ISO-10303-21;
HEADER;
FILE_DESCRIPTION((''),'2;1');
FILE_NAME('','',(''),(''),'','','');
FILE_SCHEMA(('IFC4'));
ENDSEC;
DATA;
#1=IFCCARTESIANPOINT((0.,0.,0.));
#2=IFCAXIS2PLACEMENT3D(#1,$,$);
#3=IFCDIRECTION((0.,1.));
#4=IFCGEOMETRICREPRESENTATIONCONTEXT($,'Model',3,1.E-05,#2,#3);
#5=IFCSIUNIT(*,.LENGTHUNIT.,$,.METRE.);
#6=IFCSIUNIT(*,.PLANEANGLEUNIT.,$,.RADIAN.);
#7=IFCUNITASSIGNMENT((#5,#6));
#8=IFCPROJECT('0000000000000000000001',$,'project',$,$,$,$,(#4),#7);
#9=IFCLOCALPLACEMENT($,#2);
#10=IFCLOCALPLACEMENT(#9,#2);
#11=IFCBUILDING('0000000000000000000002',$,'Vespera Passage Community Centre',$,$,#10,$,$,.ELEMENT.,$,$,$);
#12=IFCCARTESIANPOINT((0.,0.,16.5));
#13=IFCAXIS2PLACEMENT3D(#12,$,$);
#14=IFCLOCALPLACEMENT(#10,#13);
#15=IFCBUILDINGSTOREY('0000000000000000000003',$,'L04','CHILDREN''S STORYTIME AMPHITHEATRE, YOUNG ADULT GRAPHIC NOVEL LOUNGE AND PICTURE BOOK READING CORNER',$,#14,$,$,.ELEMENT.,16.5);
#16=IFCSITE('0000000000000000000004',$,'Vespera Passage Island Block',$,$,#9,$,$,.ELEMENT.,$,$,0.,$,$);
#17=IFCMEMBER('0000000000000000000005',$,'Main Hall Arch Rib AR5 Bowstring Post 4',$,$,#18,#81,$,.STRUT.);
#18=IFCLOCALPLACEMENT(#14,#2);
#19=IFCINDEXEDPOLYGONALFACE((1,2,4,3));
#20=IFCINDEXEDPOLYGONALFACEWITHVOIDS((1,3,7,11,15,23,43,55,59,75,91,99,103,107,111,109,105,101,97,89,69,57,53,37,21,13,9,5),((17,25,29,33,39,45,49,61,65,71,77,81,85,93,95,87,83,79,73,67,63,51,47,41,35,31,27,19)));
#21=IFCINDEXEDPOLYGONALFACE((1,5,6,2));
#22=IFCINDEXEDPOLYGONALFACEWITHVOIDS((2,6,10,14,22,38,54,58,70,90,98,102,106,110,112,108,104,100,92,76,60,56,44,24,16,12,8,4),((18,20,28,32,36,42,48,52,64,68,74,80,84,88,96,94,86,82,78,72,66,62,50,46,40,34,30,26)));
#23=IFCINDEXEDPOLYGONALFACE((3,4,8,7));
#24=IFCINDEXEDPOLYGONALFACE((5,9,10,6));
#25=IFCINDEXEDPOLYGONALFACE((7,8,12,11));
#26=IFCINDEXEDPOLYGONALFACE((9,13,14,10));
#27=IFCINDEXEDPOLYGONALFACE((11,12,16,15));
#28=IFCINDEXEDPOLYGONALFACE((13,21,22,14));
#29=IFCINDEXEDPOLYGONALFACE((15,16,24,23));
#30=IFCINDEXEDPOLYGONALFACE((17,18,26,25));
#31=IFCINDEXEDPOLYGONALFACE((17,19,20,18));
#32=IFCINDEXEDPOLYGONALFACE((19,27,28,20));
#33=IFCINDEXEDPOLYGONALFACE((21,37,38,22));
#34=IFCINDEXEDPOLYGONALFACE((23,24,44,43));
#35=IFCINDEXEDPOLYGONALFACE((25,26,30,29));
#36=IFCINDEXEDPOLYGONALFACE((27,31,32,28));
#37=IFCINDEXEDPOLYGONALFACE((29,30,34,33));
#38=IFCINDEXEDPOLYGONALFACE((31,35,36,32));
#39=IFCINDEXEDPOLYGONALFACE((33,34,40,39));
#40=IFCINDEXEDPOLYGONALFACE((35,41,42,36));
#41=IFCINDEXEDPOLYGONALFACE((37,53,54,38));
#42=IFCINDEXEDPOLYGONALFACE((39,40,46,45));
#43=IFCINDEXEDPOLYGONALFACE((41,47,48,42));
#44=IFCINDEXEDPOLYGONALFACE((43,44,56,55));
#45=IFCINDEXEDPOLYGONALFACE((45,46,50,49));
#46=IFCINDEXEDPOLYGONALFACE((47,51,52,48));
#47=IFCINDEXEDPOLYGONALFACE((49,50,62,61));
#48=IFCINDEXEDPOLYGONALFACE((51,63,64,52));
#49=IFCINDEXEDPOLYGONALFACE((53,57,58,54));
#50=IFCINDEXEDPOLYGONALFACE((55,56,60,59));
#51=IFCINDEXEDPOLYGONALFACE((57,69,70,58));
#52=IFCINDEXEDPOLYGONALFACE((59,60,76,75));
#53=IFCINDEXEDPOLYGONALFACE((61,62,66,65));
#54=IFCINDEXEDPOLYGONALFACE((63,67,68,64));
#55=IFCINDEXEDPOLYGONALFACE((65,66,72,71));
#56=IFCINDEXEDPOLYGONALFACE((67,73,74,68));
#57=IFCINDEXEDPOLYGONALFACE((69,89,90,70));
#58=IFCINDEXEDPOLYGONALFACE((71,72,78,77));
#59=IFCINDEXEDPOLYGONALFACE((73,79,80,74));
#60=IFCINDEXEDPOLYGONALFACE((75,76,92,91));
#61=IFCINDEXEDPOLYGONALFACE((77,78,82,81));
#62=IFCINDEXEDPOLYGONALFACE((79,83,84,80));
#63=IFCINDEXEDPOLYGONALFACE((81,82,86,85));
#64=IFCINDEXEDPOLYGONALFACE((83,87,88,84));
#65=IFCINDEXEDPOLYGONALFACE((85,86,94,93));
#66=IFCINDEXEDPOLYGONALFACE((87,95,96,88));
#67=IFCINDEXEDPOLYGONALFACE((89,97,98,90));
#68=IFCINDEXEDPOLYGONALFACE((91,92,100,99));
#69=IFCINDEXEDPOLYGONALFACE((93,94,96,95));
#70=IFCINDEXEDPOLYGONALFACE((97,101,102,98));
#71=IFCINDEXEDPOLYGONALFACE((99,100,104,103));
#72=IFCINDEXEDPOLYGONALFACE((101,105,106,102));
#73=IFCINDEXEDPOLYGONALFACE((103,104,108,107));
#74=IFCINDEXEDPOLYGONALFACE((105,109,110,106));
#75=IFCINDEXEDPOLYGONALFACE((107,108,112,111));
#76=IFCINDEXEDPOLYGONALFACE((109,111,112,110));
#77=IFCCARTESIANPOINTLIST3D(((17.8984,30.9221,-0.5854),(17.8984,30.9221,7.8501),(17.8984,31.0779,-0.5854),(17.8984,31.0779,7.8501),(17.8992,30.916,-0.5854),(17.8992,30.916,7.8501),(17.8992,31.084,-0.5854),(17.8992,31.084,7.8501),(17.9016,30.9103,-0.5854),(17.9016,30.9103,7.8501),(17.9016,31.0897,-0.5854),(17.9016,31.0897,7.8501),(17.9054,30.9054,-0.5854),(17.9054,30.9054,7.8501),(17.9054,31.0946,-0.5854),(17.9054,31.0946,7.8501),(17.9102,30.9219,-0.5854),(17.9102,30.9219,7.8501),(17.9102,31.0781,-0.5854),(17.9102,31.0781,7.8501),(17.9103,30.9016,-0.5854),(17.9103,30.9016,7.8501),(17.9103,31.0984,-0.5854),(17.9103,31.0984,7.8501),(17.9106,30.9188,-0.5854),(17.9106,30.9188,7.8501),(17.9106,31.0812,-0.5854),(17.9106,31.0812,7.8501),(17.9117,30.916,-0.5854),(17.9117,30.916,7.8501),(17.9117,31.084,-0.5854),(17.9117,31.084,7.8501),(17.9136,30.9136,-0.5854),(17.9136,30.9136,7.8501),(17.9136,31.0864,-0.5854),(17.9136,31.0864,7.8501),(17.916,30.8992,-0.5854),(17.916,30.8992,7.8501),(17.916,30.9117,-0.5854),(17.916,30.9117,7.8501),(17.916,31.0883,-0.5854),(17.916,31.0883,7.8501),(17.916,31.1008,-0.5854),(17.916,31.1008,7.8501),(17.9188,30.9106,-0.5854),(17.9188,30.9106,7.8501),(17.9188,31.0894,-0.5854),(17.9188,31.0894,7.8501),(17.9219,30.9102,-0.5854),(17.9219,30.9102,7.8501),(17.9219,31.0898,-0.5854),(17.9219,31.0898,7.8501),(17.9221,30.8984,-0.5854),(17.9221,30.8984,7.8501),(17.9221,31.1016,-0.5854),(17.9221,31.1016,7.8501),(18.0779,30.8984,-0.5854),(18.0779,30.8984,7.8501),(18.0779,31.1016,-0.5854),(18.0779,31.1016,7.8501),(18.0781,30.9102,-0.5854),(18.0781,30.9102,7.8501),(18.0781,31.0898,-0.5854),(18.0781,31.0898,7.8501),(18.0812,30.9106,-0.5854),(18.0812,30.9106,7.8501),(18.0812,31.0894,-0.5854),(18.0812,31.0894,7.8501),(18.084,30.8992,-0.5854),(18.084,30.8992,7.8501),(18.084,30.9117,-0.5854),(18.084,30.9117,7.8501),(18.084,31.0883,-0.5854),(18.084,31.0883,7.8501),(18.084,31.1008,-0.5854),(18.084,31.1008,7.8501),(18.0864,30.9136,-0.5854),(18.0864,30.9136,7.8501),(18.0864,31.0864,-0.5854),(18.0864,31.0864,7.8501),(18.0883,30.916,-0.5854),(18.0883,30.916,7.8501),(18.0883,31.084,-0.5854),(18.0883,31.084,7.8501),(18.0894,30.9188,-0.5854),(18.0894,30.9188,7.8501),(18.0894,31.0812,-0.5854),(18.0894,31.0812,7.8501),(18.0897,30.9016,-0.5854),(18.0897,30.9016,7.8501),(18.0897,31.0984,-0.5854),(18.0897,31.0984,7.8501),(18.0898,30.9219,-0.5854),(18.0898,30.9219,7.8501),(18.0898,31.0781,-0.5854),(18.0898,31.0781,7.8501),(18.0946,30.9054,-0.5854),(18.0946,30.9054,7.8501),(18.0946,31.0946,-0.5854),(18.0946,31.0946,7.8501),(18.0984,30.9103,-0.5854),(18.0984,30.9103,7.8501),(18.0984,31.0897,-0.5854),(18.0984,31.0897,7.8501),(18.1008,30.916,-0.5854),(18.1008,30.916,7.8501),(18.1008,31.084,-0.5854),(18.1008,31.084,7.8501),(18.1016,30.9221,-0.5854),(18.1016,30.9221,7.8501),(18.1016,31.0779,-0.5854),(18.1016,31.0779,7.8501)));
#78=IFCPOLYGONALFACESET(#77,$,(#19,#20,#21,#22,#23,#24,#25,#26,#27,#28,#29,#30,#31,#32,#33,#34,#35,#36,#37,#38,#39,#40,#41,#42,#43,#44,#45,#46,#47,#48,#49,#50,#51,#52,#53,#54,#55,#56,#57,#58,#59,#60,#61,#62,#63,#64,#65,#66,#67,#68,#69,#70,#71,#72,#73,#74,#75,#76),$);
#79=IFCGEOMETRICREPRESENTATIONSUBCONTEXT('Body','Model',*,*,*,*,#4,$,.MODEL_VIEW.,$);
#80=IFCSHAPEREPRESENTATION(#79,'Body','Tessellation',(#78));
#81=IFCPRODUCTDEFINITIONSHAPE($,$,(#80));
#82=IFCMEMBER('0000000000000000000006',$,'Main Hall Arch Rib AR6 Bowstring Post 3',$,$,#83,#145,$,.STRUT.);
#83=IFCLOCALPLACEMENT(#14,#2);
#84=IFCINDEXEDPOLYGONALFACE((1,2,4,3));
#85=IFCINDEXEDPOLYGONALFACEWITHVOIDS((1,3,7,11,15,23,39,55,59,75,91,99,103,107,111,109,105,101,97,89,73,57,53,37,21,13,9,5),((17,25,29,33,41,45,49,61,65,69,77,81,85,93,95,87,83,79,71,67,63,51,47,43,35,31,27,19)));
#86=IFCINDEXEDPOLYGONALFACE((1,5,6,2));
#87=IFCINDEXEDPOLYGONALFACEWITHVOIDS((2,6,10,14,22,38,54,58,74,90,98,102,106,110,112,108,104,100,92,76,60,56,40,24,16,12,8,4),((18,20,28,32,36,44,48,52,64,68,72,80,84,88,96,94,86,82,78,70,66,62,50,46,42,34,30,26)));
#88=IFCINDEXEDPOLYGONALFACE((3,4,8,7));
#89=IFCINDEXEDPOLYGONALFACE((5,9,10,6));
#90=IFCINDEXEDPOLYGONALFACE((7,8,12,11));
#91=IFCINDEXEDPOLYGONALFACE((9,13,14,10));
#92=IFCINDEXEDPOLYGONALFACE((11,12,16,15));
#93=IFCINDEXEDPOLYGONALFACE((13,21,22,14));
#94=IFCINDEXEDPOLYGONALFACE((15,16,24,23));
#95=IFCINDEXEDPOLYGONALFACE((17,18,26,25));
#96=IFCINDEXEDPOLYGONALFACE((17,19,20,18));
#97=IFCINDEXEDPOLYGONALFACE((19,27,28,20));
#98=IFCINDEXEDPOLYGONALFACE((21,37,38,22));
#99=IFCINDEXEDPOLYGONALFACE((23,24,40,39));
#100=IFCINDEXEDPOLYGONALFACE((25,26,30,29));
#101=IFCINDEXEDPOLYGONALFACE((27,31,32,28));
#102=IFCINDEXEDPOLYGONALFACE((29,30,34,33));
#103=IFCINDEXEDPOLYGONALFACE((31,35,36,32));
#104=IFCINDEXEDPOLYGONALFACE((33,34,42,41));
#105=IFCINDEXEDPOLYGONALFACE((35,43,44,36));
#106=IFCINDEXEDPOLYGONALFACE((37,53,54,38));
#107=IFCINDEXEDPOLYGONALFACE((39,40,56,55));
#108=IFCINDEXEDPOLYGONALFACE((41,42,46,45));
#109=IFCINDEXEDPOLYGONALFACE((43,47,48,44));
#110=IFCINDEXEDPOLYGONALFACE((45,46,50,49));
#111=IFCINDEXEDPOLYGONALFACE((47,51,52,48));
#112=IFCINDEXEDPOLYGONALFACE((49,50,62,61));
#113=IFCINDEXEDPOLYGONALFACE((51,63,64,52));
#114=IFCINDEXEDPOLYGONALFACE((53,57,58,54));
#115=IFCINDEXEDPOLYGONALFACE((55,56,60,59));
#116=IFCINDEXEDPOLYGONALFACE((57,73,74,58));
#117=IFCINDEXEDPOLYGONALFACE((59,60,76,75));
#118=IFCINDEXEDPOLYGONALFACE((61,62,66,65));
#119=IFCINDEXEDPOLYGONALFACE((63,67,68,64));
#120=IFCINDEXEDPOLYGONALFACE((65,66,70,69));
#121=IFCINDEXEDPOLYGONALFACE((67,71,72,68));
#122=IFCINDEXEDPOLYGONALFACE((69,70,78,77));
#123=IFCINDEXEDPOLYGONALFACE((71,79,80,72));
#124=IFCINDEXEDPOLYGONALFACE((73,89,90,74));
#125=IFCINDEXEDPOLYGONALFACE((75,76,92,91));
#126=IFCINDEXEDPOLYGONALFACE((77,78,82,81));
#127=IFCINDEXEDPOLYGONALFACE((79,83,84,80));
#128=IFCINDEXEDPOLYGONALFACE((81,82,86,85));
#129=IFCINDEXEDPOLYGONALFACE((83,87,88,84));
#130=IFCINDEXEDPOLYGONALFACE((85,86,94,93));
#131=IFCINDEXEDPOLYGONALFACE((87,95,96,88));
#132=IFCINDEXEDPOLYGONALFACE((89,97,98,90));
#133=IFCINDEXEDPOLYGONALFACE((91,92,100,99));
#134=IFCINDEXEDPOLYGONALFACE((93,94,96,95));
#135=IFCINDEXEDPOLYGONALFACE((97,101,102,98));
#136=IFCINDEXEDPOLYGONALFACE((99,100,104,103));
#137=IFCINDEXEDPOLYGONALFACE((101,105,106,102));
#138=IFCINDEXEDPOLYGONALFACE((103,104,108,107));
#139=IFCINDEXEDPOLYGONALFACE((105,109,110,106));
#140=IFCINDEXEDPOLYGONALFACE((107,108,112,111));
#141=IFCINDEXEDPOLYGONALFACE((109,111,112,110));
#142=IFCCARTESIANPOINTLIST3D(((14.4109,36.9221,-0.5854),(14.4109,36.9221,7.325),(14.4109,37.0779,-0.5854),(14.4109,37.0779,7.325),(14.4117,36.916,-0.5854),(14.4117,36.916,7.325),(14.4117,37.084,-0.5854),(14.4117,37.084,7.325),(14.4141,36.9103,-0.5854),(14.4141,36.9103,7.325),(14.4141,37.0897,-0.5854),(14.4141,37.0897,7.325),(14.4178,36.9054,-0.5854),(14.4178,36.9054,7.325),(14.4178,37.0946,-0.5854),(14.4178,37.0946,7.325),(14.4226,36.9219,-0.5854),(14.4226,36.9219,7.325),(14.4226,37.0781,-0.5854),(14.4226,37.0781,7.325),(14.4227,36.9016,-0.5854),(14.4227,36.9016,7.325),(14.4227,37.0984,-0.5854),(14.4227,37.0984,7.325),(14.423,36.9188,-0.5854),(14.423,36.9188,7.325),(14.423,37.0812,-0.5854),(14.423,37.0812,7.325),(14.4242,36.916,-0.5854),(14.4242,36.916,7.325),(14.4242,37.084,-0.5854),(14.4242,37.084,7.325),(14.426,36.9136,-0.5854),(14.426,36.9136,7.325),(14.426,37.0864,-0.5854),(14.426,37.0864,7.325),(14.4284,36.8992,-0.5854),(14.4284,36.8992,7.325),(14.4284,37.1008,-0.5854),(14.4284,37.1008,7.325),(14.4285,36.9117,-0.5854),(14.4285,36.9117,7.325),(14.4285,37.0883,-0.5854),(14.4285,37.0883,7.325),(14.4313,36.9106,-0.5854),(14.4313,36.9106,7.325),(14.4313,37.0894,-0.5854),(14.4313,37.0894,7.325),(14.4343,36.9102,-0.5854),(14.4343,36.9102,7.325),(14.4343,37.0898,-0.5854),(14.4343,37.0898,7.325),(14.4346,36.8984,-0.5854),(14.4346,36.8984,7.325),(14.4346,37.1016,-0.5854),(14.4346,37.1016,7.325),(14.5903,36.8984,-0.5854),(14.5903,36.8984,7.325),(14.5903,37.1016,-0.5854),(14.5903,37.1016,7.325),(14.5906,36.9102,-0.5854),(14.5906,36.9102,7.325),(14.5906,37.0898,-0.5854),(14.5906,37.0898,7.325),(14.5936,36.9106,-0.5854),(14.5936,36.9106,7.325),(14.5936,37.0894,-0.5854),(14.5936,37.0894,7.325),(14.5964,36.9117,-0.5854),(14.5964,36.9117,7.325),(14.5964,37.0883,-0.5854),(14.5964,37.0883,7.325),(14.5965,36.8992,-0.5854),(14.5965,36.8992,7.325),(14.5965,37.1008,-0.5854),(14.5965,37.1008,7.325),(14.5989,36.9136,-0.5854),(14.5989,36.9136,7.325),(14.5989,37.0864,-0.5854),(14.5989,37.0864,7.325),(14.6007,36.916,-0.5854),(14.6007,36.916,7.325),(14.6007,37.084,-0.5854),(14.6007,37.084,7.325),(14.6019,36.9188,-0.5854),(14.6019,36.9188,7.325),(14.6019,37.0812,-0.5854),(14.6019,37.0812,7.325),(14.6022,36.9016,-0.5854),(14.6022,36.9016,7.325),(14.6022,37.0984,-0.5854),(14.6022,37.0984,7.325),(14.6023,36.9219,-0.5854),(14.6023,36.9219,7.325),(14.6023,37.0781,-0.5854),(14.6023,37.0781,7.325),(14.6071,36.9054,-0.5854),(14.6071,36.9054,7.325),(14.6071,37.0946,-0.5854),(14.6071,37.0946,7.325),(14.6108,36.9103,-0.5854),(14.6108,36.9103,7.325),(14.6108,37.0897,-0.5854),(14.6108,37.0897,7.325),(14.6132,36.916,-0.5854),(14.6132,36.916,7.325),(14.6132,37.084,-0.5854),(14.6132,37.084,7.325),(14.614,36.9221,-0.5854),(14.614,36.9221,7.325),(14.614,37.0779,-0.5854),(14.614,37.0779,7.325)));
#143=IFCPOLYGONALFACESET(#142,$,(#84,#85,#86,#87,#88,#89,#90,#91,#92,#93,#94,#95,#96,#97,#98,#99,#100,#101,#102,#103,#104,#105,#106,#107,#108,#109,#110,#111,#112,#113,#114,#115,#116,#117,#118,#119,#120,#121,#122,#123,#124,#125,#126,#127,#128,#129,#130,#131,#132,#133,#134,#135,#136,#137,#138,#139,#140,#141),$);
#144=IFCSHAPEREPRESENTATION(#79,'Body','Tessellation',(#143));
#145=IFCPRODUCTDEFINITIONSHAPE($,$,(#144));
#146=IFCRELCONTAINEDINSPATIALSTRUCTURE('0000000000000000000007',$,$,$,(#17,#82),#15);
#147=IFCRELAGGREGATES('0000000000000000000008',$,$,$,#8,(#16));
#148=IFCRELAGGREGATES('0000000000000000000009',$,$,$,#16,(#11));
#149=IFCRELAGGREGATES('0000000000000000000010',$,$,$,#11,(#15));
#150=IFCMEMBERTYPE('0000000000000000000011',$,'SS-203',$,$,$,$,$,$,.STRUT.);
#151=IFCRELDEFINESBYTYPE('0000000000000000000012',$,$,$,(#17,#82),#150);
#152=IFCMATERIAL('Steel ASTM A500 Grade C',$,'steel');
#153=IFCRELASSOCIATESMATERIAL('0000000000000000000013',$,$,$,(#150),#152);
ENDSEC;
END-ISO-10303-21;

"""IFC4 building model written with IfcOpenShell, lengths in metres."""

from ifc_helpers import new_model, si_unit, direction, frame, origin, origin_2d, place, context, subcontext, project, spatial, hollow_rectangle, extrude, material, material_profile, profile_set, type_object, element, save


model = new_model("IFC4")

# Units and contexts
model_context = context("Model", 3, precision=1e-05, world=origin(), true_north=direction((0.0, 1.0)))
body_context = subcontext(model_context, "Body", "Model", "MODEL_VIEW")
ifc_project = project(units=[si_unit("LENGTHUNIT", "METRE"), si_unit("PLANEANGLEUNIT", "RADIAN")], contexts=[model_context])

# Site, building, storey
site_placement = place(None, origin())
site = spatial("IfcSite", under=ifc_project, at=site_placement, Name="Vespera Passage Island Block", CompositionType="ELEMENT", RefElevation=0.0)
building_placement = place(site_placement, origin())
building = spatial("IfcBuilding", under=site, at=building_placement, Name="Vespera Passage Community Centre", CompositionType="ELEMENT")
storey_placement = place(building_placement, frame((0.0, 0.0, 16.5)))
storey = spatial("IfcBuildingStorey", under=building, at=storey_placement, Name="L04", Description="CHILDREN'S STORYTIME AMPHITHEATRE, YOUNG ADULT GRAPHIC NOVEL LOUNGE AND PICTURE BOOK READING CORNER", CompositionType="ELEMENT", Elevation=16.5)

# Members
ifc_material_1 = material(Name="Steel ASTM A500 Grade C", Category="steel")
ifc_material_profile_1 = material_profile(ifc_material_1, hollow_rectangle(XDim=0.2031, YDim=0.2031, WallThickness=0.0117, InnerFilletRadius=0.0117, OuterFilletRadius=0.0237, at=origin_2d()), Name="HSS203X203X12.7")
ifc_profile_set_1 = profile_set([ifc_material_profile_1], Name="Steel ASTM A500 Grade C")
member_type_1 = type_object("IfcMemberType", Name="SS-203", PredefinedType="STRUT", material=ifc_profile_set_1)
member_1_placement = place(storey_placement, frame((18.0, 31.0, -0.5854), z_axis=(0.0, 0.0, 1.0), x_axis=(1.0, 0.0, 0.0)))
element("IfcMember", 1, at=member_1_placement, inside=storey, type_object=member_type_1, Name="Main Hall Arch Rib AR5 Bowstring Post 4", PredefinedType="STRUT", context=body_context, shape_type="SweptSolid", body=[
    extrude(hollow_rectangle(XDim=0.2031, YDim=0.2031, WallThickness=0.0117, InnerFilletRadius=0.0117, OuterFilletRadius=0.0237, at=origin_2d()), origin(), (0.0, 0.0, 1.0), 8.4355),
])
member_2_placement = place(storey_placement, frame((14.5125, 37.0, -0.5854), z_axis=(0.0, 0.0, 1.0), x_axis=(1.0, 0.0, 0.0)))
element("IfcMember", 2, at=member_2_placement, inside=storey, type_object=member_type_1, Name="Main Hall Arch Rib AR6 Bowstring Post 3", PredefinedType="STRUT", context=body_context, shape_type="SweptSolid", body=[
    extrude(hollow_rectangle(XDim=0.2031, YDim=0.2031, WallThickness=0.0117, InnerFilletRadius=0.0117, OuterFilletRadius=0.0237, at=origin_2d()), origin(), (0.0, 0.0, 1.0), 7.9104),
])

save(model, "model.ifc")
